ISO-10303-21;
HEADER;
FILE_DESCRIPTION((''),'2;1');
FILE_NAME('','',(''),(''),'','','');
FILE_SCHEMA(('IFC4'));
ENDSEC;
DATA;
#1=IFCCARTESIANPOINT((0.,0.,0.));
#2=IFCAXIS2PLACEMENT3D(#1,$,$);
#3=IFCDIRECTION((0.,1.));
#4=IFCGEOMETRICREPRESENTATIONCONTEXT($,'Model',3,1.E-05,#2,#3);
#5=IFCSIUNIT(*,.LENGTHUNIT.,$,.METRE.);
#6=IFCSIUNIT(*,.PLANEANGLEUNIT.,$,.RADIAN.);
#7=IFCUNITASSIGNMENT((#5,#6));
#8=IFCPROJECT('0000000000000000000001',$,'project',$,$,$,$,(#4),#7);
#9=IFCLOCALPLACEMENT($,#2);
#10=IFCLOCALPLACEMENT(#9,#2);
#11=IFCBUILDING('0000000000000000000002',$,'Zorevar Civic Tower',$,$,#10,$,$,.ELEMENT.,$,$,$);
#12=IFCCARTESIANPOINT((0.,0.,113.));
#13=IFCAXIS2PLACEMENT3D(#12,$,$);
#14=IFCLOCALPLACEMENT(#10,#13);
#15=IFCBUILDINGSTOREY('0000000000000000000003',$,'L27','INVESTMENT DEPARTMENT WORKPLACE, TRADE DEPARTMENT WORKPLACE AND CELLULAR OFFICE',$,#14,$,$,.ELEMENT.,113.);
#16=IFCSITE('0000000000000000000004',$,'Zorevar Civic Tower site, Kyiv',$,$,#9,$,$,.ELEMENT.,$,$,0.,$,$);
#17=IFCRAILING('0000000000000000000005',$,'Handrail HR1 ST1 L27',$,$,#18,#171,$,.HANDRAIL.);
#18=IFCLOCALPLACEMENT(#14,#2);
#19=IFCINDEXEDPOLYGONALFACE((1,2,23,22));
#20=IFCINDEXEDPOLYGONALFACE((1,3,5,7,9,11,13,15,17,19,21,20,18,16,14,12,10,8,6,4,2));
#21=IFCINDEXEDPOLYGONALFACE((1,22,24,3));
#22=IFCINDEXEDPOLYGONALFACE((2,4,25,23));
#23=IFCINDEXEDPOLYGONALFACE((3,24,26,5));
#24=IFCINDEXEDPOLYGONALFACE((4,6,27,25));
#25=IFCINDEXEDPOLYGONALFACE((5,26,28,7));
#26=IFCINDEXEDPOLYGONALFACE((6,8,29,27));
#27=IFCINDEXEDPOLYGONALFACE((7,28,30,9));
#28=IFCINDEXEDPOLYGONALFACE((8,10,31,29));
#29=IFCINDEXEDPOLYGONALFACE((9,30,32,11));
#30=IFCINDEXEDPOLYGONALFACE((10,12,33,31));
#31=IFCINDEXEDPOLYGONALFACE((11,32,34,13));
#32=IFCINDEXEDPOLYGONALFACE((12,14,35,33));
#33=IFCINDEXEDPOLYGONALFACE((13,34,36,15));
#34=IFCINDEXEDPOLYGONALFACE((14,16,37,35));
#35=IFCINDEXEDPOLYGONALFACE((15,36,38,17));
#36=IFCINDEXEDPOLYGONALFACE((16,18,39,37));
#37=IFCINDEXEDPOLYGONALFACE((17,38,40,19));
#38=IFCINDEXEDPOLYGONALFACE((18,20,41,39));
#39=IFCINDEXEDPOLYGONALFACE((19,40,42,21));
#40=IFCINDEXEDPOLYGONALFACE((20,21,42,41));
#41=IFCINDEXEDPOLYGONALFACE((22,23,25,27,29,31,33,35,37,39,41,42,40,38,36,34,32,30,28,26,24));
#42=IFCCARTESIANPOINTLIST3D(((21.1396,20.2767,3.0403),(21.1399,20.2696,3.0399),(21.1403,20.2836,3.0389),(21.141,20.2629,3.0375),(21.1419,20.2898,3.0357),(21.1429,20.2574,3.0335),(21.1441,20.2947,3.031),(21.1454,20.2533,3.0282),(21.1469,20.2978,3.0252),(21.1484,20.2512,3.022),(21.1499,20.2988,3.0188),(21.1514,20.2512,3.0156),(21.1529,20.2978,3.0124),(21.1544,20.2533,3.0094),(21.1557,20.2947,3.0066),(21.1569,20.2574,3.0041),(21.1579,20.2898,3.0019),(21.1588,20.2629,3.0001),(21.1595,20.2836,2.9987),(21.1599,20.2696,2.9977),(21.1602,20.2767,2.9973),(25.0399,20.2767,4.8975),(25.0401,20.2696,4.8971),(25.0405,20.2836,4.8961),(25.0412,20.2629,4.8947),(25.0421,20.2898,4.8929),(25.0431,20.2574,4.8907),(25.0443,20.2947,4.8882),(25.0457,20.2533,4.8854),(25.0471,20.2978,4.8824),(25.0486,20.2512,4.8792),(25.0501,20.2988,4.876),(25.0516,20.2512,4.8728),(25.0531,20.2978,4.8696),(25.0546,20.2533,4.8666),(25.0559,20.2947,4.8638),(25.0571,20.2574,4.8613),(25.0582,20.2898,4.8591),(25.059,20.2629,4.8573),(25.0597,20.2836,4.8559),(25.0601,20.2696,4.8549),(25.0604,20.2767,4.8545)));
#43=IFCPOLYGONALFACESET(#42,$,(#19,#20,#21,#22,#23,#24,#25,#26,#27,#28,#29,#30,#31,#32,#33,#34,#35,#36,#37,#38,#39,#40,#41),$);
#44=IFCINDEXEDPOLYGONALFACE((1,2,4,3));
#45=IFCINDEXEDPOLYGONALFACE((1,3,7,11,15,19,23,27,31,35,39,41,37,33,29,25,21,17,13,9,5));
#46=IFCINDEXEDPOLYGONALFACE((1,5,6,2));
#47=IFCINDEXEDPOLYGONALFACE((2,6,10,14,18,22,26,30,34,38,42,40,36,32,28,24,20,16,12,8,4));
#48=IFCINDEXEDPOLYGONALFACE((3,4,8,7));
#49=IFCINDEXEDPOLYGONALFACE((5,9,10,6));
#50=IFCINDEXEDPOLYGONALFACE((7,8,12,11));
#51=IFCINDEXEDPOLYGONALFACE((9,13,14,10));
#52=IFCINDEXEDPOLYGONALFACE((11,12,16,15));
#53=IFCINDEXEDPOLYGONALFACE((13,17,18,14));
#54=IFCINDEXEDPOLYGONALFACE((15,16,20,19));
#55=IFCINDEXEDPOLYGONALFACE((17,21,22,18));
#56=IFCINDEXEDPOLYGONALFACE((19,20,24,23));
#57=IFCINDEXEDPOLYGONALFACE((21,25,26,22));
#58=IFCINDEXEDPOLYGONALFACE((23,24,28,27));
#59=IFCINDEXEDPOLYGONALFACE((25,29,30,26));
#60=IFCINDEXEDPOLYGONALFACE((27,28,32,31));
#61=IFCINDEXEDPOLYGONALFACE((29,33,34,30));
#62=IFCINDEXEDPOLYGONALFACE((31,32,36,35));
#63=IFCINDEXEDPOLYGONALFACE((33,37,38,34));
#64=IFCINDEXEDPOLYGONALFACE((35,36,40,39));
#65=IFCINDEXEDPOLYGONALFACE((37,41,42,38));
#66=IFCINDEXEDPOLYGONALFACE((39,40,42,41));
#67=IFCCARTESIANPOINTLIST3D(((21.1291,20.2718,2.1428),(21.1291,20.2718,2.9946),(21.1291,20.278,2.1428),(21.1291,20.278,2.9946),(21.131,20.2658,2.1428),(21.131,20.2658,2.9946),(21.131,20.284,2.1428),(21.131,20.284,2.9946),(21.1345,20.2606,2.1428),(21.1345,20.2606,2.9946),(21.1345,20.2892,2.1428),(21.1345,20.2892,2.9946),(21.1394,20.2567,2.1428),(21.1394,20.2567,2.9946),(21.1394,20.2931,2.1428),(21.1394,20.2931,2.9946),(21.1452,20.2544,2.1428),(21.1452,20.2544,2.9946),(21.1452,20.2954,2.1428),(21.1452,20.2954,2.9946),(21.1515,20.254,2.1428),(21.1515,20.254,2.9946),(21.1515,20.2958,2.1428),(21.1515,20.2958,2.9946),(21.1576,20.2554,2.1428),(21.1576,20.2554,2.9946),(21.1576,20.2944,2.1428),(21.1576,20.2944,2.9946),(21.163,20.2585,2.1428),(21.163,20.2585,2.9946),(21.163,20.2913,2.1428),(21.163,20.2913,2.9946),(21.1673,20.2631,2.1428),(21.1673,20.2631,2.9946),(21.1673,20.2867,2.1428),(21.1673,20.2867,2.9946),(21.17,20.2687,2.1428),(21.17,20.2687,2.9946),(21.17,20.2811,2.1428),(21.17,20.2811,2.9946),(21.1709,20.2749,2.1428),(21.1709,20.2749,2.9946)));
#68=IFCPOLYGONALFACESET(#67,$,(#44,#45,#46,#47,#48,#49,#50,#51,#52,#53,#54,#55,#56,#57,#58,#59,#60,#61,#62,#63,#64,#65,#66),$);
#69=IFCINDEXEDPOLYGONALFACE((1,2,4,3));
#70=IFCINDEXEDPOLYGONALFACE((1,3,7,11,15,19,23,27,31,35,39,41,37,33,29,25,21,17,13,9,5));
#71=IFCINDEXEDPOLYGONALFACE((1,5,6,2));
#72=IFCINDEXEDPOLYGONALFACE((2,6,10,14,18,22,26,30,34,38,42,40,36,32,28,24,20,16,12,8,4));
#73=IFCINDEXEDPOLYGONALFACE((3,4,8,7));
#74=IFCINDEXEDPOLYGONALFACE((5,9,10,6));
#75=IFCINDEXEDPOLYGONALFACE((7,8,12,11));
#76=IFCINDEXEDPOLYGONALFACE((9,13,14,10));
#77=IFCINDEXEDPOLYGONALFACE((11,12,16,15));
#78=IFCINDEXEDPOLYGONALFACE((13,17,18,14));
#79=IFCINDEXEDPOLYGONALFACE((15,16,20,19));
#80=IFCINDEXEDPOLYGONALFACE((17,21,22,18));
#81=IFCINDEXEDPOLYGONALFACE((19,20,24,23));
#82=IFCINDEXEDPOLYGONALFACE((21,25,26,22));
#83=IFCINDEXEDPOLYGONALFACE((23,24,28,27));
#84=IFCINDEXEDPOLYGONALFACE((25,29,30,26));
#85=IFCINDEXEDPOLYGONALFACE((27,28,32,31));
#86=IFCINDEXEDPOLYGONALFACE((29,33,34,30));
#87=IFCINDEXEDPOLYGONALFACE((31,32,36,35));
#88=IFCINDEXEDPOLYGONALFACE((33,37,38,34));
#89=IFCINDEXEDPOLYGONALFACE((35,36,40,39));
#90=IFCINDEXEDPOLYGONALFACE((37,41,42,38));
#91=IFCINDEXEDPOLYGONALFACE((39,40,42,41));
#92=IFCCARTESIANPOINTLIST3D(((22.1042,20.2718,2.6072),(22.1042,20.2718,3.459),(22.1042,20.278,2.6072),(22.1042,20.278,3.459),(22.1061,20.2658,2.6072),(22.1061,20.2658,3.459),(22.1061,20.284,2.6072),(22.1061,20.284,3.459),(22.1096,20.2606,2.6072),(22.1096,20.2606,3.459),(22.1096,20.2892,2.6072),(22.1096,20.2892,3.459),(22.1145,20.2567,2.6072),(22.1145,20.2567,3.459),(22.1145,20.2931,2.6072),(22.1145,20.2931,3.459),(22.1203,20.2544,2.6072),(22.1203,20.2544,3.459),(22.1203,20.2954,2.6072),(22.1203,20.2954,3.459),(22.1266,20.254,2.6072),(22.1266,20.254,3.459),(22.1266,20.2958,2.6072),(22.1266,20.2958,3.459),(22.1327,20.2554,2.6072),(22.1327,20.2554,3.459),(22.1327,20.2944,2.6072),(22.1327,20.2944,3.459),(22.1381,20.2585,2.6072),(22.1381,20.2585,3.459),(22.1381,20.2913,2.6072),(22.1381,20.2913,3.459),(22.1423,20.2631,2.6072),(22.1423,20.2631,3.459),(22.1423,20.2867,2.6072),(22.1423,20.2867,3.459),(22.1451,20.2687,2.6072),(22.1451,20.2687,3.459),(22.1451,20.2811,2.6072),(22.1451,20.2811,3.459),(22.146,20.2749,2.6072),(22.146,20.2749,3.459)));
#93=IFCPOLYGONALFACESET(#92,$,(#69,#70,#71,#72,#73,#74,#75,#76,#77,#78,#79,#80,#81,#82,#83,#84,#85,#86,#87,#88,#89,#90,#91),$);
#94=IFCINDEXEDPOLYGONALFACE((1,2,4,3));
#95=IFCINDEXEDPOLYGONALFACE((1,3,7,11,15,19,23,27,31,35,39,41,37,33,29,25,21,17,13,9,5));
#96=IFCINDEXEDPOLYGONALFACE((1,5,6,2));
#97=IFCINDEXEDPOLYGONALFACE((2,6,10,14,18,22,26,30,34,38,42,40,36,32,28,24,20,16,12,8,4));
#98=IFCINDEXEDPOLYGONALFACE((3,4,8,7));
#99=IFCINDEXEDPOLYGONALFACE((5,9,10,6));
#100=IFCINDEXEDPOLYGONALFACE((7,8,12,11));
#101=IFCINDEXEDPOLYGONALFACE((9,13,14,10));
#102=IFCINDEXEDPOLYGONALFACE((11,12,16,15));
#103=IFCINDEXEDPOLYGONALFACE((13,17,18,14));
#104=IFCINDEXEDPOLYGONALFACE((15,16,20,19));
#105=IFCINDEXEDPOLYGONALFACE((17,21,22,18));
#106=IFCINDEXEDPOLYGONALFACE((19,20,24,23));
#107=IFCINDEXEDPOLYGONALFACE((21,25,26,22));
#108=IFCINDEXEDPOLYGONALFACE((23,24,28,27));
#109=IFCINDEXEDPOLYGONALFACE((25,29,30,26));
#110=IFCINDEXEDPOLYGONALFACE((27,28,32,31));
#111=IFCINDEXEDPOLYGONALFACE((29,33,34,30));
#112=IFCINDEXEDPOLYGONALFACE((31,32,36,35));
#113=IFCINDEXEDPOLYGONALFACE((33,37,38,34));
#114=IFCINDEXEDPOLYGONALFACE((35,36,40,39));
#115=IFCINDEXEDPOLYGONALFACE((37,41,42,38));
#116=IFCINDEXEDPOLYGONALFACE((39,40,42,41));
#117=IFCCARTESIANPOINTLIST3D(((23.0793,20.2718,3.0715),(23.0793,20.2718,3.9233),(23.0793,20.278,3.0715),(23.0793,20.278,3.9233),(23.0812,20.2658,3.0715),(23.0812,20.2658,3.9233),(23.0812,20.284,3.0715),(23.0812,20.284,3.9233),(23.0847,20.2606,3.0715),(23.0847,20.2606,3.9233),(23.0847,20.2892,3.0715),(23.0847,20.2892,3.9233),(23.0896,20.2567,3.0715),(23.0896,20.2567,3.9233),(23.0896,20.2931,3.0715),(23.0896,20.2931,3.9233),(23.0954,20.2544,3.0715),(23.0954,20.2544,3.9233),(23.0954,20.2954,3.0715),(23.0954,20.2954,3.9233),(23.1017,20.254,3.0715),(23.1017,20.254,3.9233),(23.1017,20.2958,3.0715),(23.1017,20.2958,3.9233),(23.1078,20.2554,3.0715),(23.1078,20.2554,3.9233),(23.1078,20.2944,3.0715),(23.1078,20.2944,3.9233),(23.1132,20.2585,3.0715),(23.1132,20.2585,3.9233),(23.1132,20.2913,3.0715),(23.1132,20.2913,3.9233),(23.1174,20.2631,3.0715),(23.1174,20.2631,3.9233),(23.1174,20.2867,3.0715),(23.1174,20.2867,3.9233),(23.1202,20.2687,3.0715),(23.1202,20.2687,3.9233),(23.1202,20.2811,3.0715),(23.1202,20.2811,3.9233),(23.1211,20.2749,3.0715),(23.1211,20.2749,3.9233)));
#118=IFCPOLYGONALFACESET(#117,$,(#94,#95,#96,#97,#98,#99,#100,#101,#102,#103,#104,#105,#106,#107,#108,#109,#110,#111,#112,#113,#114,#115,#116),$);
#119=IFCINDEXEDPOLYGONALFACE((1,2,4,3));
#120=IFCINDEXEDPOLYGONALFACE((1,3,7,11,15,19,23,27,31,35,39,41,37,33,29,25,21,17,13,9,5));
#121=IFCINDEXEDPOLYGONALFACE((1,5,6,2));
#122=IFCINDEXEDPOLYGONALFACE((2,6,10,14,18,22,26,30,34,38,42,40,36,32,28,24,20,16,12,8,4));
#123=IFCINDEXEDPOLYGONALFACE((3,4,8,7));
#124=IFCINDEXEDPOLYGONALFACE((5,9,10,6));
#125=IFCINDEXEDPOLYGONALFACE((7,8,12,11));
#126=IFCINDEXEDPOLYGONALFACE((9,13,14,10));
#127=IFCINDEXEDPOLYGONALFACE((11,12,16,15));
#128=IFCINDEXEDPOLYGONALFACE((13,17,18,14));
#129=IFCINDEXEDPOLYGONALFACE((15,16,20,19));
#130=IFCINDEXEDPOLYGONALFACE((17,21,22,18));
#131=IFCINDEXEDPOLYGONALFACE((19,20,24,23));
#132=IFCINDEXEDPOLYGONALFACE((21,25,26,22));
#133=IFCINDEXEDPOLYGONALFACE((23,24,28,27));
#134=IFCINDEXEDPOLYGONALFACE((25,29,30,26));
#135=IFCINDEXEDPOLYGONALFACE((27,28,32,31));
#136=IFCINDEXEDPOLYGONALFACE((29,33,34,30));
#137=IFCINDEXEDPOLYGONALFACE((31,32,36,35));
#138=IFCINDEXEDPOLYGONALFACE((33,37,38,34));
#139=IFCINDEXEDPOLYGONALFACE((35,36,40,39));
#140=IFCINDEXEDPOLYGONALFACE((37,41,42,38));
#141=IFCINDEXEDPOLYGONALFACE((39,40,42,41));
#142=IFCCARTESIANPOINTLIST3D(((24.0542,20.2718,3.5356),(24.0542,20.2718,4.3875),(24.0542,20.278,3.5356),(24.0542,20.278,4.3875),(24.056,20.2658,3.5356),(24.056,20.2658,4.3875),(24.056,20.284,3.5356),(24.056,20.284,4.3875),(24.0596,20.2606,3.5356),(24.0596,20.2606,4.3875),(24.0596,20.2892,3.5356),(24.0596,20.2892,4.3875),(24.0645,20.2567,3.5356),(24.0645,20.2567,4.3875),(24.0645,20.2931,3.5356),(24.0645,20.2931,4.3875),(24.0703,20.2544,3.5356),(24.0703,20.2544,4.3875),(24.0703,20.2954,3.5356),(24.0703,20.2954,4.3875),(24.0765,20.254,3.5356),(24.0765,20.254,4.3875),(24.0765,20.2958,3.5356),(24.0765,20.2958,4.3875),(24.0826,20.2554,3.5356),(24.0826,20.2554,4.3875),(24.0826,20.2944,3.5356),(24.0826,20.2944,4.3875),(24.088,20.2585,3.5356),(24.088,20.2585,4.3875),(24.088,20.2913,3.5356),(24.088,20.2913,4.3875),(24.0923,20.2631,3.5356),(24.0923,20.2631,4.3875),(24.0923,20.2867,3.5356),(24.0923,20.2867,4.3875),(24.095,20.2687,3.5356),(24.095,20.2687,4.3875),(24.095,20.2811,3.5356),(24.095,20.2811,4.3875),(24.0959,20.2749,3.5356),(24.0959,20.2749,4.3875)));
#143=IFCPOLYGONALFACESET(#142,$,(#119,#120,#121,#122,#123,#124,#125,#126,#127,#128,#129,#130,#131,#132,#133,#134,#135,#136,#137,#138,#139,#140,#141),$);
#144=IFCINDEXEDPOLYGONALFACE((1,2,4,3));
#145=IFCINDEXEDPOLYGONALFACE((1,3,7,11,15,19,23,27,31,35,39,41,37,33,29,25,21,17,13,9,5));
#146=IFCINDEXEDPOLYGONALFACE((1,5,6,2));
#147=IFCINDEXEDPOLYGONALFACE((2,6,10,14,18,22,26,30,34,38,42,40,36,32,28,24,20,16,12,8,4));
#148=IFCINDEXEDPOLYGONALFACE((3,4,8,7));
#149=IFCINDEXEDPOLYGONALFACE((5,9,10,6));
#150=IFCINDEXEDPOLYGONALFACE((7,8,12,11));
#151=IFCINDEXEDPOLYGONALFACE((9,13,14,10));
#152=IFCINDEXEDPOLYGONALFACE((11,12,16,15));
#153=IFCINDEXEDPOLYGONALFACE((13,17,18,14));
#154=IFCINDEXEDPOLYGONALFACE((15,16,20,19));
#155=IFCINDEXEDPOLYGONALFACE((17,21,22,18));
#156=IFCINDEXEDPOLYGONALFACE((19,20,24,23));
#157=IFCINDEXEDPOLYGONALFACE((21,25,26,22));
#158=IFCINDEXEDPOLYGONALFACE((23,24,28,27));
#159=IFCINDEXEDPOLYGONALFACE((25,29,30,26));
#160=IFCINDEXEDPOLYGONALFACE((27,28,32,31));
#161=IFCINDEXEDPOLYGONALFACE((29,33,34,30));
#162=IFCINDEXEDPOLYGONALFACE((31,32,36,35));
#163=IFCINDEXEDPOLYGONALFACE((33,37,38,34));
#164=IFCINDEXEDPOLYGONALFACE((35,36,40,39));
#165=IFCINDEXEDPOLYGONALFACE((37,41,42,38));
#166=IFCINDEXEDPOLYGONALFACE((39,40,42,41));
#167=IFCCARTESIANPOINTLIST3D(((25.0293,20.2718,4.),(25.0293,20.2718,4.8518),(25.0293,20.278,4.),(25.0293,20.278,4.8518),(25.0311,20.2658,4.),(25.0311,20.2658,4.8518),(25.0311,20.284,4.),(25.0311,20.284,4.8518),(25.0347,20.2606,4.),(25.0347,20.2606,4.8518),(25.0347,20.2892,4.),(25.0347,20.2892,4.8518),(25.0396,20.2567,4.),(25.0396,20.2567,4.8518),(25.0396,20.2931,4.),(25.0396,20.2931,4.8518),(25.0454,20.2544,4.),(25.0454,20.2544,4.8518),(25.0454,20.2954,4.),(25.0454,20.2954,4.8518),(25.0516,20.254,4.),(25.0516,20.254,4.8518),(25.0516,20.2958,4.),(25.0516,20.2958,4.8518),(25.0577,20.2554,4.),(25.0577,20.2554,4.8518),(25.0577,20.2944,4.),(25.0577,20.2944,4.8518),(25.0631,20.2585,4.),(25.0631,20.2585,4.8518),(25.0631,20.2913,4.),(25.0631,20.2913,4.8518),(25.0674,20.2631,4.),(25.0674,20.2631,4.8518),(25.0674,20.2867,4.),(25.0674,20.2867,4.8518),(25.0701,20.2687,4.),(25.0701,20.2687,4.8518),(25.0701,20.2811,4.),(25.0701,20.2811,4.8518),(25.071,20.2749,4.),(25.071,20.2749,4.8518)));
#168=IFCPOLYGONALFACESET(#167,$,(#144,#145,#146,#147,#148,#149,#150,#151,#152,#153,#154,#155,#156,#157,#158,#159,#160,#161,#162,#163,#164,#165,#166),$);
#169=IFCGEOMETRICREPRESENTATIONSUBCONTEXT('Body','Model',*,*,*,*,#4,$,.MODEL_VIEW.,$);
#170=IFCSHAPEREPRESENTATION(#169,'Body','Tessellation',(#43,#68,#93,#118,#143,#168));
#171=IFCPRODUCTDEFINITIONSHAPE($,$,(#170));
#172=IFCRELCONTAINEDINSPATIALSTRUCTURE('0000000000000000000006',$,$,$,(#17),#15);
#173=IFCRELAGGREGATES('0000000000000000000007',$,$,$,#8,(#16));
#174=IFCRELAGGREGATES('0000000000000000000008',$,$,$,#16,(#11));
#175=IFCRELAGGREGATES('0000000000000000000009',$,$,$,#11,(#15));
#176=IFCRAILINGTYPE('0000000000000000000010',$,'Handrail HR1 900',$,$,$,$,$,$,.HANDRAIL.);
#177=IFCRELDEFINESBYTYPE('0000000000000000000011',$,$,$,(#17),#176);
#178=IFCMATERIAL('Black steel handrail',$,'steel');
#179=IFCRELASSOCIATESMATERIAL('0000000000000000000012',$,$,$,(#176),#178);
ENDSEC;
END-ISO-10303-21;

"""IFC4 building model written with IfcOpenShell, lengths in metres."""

from ifc_helpers import new_model, si_unit, direction, frame, origin, origin_2d, place, context, subcontext, project, spatial, circle, extrude, material, type_object, element, save


model = new_model("IFC4")

# Units and contexts
model_context = context("Model", 3, precision=1e-05, world=origin(), true_north=direction((0.0, 1.0)))
body_context = subcontext(model_context, "Body", "Model", "MODEL_VIEW")
ifc_project = project(units=[si_unit("LENGTHUNIT", "METRE"), si_unit("PLANEANGLEUNIT", "RADIAN")], contexts=[model_context])

# Site, building, storey
site_placement = place(None, origin())
site = spatial("IfcSite", under=ifc_project, at=site_placement, Name="Zorevar Civic Tower site, Kyiv", CompositionType="ELEMENT", RefElevation=0.0)
building_placement = place(site_placement, origin())
building = spatial("IfcBuilding", under=site, at=building_placement, Name="Zorevar Civic Tower", CompositionType="ELEMENT")
storey_placement = place(building_placement, frame((0.0, 0.0, 113.0)))
storey = spatial("IfcBuildingStorey", under=building, at=storey_placement, Name="L27", Description="INVESTMENT DEPARTMENT WORKPLACE, TRADE DEPARTMENT WORKPLACE AND CELLULAR OFFICE", CompositionType="ELEMENT", Elevation=113.0)

# Railing
ifc_material_1 = material(Name="Black steel handrail", Category="steel")
railing_type = type_object("IfcRailingType", Name="Handrail HR1 900", PredefinedType="HANDRAIL", material=ifc_material_1)
railing_1_placement = place(storey_placement, frame((21.1499, 20.2749, 2.1428)))
element("IfcRailing", 1, at=railing_1_placement, inside=storey, type_object=railing_type, Name="Handrail HR1 ST1 L27", PredefinedType="HANDRAIL", context=body_context, shape_type="SweptSolid", body=[
    extrude(circle(Radius=0.0239, at=origin_2d()), frame((0.0, 0.0, 0.876), z_axis=(0.902864, 0.0, 0.429927), x_axis=(0.0, 1.0, 0.0)), (0.0, 0.0, 1.0), 4.3198),
    extrude(circle(Radius=0.021, at=origin_2d()), origin(), (0.0, 0.0, 1.0), 0.8518),
    extrude(circle(Radius=0.021, at=origin_2d()), frame((0.9751, 0.0, 0.4644)), (0.0, 0.0, 1.0), 0.8518),
    extrude(circle(Radius=0.021, at=origin_2d()), frame((1.9502, 0.0, 0.9287)), (0.0, 0.0, 1.0), 0.8518),
    extrude(circle(Radius=0.021, at=origin_2d()), frame((2.925, 0.0, 1.3928)), (0.0, 0.0, 1.0), 0.8518),
    extrude(circle(Radius=0.021, at=origin_2d()), frame((3.9001, 0.0, 1.8572)), (0.0, 0.0, 1.0), 0.8518),
])

save(model, "model.ifc")
